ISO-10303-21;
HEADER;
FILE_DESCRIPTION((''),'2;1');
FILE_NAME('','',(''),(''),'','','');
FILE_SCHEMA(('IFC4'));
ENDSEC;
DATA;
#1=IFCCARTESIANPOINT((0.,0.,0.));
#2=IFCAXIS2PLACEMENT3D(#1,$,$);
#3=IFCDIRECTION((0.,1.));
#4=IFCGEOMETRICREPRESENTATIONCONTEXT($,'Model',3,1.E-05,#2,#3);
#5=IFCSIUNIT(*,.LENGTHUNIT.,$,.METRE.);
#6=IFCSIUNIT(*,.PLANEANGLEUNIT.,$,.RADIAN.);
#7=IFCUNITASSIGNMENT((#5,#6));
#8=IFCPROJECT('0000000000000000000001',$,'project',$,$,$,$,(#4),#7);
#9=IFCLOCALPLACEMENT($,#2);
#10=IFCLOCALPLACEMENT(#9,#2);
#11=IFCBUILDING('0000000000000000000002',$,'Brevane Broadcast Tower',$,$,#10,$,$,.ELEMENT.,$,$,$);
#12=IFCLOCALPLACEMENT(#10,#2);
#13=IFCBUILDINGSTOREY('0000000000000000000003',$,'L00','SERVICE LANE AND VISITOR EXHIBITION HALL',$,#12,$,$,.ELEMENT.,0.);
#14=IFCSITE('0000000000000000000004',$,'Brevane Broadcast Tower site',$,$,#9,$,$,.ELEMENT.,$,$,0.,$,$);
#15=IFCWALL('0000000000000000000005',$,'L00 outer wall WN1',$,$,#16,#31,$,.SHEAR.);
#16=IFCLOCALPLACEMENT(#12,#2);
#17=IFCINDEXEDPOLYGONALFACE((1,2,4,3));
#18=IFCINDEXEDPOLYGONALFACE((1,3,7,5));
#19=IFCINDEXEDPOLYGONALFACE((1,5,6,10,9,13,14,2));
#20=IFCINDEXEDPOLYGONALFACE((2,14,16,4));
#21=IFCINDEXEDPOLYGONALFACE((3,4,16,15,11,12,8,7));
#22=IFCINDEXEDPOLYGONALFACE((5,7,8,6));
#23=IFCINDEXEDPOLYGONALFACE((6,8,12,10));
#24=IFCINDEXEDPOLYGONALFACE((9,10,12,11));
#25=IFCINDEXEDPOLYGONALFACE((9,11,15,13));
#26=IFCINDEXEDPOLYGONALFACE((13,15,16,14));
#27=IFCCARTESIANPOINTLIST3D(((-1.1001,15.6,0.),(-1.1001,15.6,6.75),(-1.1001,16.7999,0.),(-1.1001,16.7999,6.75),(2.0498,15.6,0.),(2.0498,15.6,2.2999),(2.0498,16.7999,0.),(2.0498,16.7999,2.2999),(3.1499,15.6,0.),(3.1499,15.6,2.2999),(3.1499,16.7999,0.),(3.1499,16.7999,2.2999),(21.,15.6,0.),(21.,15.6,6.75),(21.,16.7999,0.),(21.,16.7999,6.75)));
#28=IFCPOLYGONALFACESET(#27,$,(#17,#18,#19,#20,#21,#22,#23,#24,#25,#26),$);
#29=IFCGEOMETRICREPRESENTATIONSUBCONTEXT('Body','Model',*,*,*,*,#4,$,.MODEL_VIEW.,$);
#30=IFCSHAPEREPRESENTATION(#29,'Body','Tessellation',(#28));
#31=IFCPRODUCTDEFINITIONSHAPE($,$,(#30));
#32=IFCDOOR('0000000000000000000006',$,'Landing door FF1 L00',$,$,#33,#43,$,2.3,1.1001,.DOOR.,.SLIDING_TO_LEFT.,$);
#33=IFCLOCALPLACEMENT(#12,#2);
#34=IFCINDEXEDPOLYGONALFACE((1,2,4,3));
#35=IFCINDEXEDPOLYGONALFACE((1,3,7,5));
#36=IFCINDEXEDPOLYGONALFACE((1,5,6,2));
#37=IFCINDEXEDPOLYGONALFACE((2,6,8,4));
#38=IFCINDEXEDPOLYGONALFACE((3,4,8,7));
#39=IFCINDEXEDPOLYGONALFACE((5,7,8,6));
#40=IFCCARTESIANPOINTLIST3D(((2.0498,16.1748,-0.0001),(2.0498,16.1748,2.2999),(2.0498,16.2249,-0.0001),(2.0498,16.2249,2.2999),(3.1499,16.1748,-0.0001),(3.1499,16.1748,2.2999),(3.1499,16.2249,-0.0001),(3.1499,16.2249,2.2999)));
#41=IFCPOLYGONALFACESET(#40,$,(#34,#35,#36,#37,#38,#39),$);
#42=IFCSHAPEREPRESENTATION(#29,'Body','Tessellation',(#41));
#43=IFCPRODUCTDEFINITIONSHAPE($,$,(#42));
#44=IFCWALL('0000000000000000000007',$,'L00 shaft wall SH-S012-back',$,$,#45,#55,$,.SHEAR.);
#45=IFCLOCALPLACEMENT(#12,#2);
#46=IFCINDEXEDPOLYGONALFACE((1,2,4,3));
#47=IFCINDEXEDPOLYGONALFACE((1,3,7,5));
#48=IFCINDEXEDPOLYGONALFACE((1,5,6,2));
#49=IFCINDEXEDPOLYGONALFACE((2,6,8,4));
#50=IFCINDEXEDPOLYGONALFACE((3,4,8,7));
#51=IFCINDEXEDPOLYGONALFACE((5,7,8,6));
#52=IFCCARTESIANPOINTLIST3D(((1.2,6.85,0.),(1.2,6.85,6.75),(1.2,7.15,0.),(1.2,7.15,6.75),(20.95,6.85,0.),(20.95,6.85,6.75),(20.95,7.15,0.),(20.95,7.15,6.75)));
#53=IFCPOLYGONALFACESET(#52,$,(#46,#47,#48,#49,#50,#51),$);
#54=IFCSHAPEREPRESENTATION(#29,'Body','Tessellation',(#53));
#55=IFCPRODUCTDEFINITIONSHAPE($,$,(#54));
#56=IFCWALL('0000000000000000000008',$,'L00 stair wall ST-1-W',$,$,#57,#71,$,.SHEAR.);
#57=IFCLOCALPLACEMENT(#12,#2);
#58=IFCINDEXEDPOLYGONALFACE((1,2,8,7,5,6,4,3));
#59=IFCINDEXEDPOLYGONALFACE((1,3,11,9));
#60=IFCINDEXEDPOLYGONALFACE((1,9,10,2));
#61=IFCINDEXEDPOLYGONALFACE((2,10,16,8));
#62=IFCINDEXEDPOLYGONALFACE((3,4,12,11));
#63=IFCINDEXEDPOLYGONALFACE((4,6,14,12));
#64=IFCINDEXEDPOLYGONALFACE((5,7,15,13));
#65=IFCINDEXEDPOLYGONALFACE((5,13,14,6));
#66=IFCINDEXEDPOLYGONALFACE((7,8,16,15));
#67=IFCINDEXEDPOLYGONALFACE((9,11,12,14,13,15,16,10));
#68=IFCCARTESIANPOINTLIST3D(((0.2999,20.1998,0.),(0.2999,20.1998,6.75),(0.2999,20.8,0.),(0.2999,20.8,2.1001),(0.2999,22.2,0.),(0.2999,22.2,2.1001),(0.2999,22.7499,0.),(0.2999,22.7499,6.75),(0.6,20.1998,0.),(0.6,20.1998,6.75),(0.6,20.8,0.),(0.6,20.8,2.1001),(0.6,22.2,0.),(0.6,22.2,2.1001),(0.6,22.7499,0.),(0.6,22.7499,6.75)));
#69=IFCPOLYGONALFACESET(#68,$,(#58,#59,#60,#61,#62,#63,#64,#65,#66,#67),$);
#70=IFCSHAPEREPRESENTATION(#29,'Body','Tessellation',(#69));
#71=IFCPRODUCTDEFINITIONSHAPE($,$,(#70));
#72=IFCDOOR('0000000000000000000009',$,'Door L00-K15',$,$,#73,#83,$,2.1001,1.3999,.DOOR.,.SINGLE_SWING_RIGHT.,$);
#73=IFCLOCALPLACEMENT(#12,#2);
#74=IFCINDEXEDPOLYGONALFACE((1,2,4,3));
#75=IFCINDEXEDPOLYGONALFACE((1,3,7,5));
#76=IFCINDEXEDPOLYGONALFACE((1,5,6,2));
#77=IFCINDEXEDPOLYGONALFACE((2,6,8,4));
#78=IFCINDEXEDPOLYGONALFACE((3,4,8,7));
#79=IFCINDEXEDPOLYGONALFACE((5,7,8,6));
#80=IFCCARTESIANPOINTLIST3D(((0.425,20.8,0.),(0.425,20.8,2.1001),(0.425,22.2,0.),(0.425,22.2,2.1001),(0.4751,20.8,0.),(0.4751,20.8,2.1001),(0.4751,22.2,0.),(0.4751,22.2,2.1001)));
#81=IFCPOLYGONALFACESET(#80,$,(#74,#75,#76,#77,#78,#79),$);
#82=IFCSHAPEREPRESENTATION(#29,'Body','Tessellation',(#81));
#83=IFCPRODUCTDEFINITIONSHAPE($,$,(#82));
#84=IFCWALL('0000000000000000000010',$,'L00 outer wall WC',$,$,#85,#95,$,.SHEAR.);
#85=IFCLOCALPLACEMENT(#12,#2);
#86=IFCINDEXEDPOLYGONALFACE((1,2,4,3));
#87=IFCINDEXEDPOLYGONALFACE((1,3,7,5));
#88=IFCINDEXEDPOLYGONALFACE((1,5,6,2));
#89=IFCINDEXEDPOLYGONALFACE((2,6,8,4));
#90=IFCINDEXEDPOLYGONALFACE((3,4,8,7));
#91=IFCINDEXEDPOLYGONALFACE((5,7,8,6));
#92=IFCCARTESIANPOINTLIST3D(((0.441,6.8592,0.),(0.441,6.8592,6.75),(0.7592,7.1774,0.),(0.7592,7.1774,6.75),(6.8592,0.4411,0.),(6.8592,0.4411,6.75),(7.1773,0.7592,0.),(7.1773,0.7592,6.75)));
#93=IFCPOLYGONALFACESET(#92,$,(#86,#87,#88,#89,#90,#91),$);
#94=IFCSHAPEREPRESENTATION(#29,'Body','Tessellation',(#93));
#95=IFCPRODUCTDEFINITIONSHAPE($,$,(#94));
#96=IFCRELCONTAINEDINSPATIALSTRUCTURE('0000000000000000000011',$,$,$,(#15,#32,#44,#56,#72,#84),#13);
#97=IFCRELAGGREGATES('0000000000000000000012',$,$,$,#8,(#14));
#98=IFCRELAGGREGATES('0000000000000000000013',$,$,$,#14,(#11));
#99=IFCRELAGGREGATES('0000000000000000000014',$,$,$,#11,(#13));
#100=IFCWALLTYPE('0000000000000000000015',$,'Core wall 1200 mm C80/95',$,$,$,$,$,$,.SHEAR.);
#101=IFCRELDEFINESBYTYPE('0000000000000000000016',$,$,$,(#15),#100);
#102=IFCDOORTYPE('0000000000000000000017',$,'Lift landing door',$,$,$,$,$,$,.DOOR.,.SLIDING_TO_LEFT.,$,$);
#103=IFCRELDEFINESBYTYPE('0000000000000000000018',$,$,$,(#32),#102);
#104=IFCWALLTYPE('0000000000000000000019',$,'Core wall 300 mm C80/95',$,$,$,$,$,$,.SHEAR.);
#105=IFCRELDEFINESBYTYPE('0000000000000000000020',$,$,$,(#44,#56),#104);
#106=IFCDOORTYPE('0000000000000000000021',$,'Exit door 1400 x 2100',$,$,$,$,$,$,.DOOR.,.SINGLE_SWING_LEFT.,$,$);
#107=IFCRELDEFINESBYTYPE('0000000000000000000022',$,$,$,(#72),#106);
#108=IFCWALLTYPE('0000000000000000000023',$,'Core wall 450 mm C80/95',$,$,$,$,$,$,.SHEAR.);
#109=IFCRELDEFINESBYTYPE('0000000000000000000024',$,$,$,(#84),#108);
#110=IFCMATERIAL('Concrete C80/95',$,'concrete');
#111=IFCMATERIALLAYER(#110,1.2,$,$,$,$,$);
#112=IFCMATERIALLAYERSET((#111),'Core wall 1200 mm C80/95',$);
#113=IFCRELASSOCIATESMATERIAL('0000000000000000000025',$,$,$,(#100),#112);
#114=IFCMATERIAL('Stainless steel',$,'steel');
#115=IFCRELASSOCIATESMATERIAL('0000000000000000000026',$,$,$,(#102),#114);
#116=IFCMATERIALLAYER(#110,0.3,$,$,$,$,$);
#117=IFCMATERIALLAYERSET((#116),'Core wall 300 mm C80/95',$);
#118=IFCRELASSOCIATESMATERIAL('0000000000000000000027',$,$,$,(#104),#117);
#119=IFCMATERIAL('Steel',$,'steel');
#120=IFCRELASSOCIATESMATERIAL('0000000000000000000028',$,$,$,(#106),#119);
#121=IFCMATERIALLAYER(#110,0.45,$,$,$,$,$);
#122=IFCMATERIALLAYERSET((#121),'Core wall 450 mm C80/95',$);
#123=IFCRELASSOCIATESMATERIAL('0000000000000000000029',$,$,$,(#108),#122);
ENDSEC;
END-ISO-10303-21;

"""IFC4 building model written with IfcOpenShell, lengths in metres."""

from ifc_helpers import new_model, si_unit, direction, frame, frame_2d, origin, place, context, subcontext, project, spatial, rectangle, extrude, material, layer, layer_set, type_object, element, fill, save


model = new_model("IFC4")

# Units and contexts
model_context = context("Model", 3, precision=1e-05, world=origin(), true_north=direction((0.0, 1.0)))
body_context = subcontext(model_context, "Body", "Model", "MODEL_VIEW")
ifc_project = project(units=[si_unit("LENGTHUNIT", "METRE"), si_unit("PLANEANGLEUNIT", "RADIAN")], contexts=[model_context])

# Site, building, storey
site_placement = place(None, origin())
site = spatial("IfcSite", under=ifc_project, at=site_placement, Name="Brevane Broadcast Tower site", CompositionType="ELEMENT", RefElevation=0.0)
building_placement = place(site_placement, origin())
building = spatial("IfcBuilding", under=site, at=building_placement, Name="Brevane Broadcast Tower", CompositionType="ELEMENT")
storey_placement = place(building_placement, origin())
storey = spatial("IfcBuildingStorey", under=building, at=storey_placement, Name="L00", Description="SERVICE LANE AND VISITOR EXHIBITION HALL", CompositionType="ELEMENT", Elevation=0.0)

# Wall, opening, door
ifc_material_1 = material(Name="Concrete C80/95", Category="concrete")
ifc_layer_1 = layer(ifc_material_1, 1.2)
ifc_layer_set_1 = layer_set([ifc_layer_1], Name="Core wall 1200 mm C80/95")
wall_type_1 = type_object("IfcWallType", Name="Core wall 1200 mm C80/95", PredefinedType="SHEAR", material=ifc_layer_set_1)
wall_1_placement = place(storey_placement, frame((-1.1001, 16.2, 0.0), z_axis=(0.0, 0.0, 1.0), x_axis=(1.0, 0.0, 0.0)))
wall_1 = element("IfcWall", 1, at=wall_1_placement, inside=storey, type_object=wall_type_1, Name="L00 outer wall WN1", PredefinedType="SHEAR", context=body_context, shape_type="SweptSolid", body=[
    extrude(rectangle(XDim=22.1001, YDim=1.2, at=frame_2d((11.05, 0.0))), origin(), (0.0, 0.0, 1.0), 6.75),
])
opening_1_placement = place(wall_1_placement, frame((3.1499, 0.0, 0.0)))
opening_1 = element("IfcOpeningElement", 2, at=opening_1_placement, cuts=wall_1, PredefinedType="OPENING", context=body_context, shape_type="SweptSolid", body=[
    extrude(rectangle(XDim=1.1001, YDim=2.3, at=frame_2d((0.55, 1.1499))), frame((0.0, 0.6099, 0.0), z_axis=(0.0, -1.0, 0.0), x_axis=(1.0, 0.0, 0.0)), (0.0, 0.0, 1.0), 1.22),
])
ifc_material_2 = material(Name="Stainless steel", Category="steel")
door_type_1 = type_object("IfcDoorType", Name="Lift landing door", OperationType="SLIDING_TO_LEFT", PredefinedType="DOOR", material=ifc_material_2)
door_1_placement = place(opening_1_placement, origin())
door_1 = element("IfcDoor", 3, at=door_1_placement, inside=storey, type_object=door_type_1, Name="Landing door FF1 L00", OperationType="SLIDING_TO_LEFT", OverallHeight=2.3, OverallWidth=1.1001, PredefinedType="DOOR", context=body_context, shape_type="SweptSolid", body=[
    extrude(rectangle(XDim=1.1001, YDim=2.3, at=frame_2d((0.55, 1.1499))), frame((0.0, 0.0249, 0.0), z_axis=(0.0, -1.0, 0.0), x_axis=(1.0, 0.0, 0.0)), (0.0, 0.0, 1.0), 0.05),
])
fill(opening_1, door_1)

# Wall
ifc_layer_2 = layer(ifc_material_1, 0.3)
ifc_layer_set_2 = layer_set([ifc_layer_2], Name="Core wall 300 mm C80/95")
wall_type_2 = type_object("IfcWallType", Name="Core wall 300 mm C80/95", PredefinedType="SHEAR", material=ifc_layer_set_2)
wall_2_placement = place(storey_placement, frame((1.2, 7.0, 0.0), z_axis=(0.0, 0.0, 1.0), x_axis=(1.0, 0.0, 0.0)))
element("IfcWall", 4, at=wall_2_placement, inside=storey, type_object=wall_type_2, Name="L00 shaft wall SH-S012-back", PredefinedType="SHEAR", context=body_context, shape_type="SweptSolid", body=[
    extrude(rectangle(XDim=19.75, YDim=0.3, at=frame_2d((9.875, 0.0))), origin(), (0.0, 0.0, 1.0), 6.75),
])

# Wall, opening, door
wall_3_placement = place(storey_placement, frame((0.45, 20.2, 0.0), z_axis=(0.0, 0.0, 1.0), x_axis=(0.0, 1.0, 0.0)))
wall_3 = element("IfcWall", 5, at=wall_3_placement, inside=storey, type_object=wall_type_2, Name="L00 stair wall ST-1-W", PredefinedType="SHEAR", context=body_context, shape_type="SweptSolid", body=[
    extrude(rectangle(XDim=2.55, YDim=0.3, at=frame_2d((1.2749, 0.0))), origin(), (0.0, 0.0, 1.0), 6.75),
])
opening_2_placement = place(wall_3_placement, frame((0.6001, 0.0, 0.0)))
opening_2 = element("IfcOpeningElement", 6, at=opening_2_placement, cuts=wall_3, PredefinedType="OPENING", context=body_context, shape_type="SweptSolid", body=[
    extrude(rectangle(XDim=1.3999, YDim=2.1001, at=frame_2d((0.7, 1.05))), frame((0.0, 0.1599, 0.0), z_axis=(0.0, -1.0, 0.0), x_axis=(1.0, 0.0, 0.0)), (0.0, 0.0, 1.0), 0.3201),
])
ifc_material_3 = material(Name="Steel", Category="steel")
door_type_2 = type_object("IfcDoorType", Name="Exit door 1400 x 2100", OperationType="SINGLE_SWING_LEFT", PredefinedType="DOOR", material=ifc_material_3)
door_2_placement = place(opening_2_placement, origin())
door_2 = element("IfcDoor", 7, at=door_2_placement, inside=storey, type_object=door_type_2, Name="Door L00-K15", OperationType="SINGLE_SWING_RIGHT", OverallHeight=2.1001, OverallWidth=1.3999, PredefinedType="DOOR", context=body_context, shape_type="SweptSolid", body=[
    extrude(rectangle(XDim=1.3999, YDim=2.1001, at=frame_2d((0.7, 1.05))), frame((0.0, 0.0249, 0.0), z_axis=(0.0, -1.0, 0.0), x_axis=(1.0, 0.0, 0.0)), (0.0, 0.0, 1.0), 0.05),
])
fill(opening_2, door_2)

# Wall
ifc_layer_3 = layer(ifc_material_1, 0.45)
ifc_layer_set_3 = layer_set([ifc_layer_3], Name="Core wall 450 mm C80/95")
wall_type_3 = type_object("IfcWallType", Name="Core wall 450 mm C80/95", PredefinedType="SHEAR", material=ifc_layer_set_3)
wall_4_placement = place(storey_placement, frame((0.6001, 7.0183, 0.0), z_axis=(0.0, 0.0, 1.0), x_axis=(0.707107, -0.707107, 0.0)))
element("IfcWall", 8, at=wall_4_placement, inside=storey, type_object=wall_type_3, Name="L00 outer wall WC", PredefinedType="SHEAR", context=body_context, shape_type="SweptSolid", body=[
    extrude(rectangle(XDim=9.0767, YDim=0.45, at=frame_2d((4.5383, 0.0))), origin(), (0.0, 0.0, 1.0), 6.75),
])

save(model, "model.ifc")
